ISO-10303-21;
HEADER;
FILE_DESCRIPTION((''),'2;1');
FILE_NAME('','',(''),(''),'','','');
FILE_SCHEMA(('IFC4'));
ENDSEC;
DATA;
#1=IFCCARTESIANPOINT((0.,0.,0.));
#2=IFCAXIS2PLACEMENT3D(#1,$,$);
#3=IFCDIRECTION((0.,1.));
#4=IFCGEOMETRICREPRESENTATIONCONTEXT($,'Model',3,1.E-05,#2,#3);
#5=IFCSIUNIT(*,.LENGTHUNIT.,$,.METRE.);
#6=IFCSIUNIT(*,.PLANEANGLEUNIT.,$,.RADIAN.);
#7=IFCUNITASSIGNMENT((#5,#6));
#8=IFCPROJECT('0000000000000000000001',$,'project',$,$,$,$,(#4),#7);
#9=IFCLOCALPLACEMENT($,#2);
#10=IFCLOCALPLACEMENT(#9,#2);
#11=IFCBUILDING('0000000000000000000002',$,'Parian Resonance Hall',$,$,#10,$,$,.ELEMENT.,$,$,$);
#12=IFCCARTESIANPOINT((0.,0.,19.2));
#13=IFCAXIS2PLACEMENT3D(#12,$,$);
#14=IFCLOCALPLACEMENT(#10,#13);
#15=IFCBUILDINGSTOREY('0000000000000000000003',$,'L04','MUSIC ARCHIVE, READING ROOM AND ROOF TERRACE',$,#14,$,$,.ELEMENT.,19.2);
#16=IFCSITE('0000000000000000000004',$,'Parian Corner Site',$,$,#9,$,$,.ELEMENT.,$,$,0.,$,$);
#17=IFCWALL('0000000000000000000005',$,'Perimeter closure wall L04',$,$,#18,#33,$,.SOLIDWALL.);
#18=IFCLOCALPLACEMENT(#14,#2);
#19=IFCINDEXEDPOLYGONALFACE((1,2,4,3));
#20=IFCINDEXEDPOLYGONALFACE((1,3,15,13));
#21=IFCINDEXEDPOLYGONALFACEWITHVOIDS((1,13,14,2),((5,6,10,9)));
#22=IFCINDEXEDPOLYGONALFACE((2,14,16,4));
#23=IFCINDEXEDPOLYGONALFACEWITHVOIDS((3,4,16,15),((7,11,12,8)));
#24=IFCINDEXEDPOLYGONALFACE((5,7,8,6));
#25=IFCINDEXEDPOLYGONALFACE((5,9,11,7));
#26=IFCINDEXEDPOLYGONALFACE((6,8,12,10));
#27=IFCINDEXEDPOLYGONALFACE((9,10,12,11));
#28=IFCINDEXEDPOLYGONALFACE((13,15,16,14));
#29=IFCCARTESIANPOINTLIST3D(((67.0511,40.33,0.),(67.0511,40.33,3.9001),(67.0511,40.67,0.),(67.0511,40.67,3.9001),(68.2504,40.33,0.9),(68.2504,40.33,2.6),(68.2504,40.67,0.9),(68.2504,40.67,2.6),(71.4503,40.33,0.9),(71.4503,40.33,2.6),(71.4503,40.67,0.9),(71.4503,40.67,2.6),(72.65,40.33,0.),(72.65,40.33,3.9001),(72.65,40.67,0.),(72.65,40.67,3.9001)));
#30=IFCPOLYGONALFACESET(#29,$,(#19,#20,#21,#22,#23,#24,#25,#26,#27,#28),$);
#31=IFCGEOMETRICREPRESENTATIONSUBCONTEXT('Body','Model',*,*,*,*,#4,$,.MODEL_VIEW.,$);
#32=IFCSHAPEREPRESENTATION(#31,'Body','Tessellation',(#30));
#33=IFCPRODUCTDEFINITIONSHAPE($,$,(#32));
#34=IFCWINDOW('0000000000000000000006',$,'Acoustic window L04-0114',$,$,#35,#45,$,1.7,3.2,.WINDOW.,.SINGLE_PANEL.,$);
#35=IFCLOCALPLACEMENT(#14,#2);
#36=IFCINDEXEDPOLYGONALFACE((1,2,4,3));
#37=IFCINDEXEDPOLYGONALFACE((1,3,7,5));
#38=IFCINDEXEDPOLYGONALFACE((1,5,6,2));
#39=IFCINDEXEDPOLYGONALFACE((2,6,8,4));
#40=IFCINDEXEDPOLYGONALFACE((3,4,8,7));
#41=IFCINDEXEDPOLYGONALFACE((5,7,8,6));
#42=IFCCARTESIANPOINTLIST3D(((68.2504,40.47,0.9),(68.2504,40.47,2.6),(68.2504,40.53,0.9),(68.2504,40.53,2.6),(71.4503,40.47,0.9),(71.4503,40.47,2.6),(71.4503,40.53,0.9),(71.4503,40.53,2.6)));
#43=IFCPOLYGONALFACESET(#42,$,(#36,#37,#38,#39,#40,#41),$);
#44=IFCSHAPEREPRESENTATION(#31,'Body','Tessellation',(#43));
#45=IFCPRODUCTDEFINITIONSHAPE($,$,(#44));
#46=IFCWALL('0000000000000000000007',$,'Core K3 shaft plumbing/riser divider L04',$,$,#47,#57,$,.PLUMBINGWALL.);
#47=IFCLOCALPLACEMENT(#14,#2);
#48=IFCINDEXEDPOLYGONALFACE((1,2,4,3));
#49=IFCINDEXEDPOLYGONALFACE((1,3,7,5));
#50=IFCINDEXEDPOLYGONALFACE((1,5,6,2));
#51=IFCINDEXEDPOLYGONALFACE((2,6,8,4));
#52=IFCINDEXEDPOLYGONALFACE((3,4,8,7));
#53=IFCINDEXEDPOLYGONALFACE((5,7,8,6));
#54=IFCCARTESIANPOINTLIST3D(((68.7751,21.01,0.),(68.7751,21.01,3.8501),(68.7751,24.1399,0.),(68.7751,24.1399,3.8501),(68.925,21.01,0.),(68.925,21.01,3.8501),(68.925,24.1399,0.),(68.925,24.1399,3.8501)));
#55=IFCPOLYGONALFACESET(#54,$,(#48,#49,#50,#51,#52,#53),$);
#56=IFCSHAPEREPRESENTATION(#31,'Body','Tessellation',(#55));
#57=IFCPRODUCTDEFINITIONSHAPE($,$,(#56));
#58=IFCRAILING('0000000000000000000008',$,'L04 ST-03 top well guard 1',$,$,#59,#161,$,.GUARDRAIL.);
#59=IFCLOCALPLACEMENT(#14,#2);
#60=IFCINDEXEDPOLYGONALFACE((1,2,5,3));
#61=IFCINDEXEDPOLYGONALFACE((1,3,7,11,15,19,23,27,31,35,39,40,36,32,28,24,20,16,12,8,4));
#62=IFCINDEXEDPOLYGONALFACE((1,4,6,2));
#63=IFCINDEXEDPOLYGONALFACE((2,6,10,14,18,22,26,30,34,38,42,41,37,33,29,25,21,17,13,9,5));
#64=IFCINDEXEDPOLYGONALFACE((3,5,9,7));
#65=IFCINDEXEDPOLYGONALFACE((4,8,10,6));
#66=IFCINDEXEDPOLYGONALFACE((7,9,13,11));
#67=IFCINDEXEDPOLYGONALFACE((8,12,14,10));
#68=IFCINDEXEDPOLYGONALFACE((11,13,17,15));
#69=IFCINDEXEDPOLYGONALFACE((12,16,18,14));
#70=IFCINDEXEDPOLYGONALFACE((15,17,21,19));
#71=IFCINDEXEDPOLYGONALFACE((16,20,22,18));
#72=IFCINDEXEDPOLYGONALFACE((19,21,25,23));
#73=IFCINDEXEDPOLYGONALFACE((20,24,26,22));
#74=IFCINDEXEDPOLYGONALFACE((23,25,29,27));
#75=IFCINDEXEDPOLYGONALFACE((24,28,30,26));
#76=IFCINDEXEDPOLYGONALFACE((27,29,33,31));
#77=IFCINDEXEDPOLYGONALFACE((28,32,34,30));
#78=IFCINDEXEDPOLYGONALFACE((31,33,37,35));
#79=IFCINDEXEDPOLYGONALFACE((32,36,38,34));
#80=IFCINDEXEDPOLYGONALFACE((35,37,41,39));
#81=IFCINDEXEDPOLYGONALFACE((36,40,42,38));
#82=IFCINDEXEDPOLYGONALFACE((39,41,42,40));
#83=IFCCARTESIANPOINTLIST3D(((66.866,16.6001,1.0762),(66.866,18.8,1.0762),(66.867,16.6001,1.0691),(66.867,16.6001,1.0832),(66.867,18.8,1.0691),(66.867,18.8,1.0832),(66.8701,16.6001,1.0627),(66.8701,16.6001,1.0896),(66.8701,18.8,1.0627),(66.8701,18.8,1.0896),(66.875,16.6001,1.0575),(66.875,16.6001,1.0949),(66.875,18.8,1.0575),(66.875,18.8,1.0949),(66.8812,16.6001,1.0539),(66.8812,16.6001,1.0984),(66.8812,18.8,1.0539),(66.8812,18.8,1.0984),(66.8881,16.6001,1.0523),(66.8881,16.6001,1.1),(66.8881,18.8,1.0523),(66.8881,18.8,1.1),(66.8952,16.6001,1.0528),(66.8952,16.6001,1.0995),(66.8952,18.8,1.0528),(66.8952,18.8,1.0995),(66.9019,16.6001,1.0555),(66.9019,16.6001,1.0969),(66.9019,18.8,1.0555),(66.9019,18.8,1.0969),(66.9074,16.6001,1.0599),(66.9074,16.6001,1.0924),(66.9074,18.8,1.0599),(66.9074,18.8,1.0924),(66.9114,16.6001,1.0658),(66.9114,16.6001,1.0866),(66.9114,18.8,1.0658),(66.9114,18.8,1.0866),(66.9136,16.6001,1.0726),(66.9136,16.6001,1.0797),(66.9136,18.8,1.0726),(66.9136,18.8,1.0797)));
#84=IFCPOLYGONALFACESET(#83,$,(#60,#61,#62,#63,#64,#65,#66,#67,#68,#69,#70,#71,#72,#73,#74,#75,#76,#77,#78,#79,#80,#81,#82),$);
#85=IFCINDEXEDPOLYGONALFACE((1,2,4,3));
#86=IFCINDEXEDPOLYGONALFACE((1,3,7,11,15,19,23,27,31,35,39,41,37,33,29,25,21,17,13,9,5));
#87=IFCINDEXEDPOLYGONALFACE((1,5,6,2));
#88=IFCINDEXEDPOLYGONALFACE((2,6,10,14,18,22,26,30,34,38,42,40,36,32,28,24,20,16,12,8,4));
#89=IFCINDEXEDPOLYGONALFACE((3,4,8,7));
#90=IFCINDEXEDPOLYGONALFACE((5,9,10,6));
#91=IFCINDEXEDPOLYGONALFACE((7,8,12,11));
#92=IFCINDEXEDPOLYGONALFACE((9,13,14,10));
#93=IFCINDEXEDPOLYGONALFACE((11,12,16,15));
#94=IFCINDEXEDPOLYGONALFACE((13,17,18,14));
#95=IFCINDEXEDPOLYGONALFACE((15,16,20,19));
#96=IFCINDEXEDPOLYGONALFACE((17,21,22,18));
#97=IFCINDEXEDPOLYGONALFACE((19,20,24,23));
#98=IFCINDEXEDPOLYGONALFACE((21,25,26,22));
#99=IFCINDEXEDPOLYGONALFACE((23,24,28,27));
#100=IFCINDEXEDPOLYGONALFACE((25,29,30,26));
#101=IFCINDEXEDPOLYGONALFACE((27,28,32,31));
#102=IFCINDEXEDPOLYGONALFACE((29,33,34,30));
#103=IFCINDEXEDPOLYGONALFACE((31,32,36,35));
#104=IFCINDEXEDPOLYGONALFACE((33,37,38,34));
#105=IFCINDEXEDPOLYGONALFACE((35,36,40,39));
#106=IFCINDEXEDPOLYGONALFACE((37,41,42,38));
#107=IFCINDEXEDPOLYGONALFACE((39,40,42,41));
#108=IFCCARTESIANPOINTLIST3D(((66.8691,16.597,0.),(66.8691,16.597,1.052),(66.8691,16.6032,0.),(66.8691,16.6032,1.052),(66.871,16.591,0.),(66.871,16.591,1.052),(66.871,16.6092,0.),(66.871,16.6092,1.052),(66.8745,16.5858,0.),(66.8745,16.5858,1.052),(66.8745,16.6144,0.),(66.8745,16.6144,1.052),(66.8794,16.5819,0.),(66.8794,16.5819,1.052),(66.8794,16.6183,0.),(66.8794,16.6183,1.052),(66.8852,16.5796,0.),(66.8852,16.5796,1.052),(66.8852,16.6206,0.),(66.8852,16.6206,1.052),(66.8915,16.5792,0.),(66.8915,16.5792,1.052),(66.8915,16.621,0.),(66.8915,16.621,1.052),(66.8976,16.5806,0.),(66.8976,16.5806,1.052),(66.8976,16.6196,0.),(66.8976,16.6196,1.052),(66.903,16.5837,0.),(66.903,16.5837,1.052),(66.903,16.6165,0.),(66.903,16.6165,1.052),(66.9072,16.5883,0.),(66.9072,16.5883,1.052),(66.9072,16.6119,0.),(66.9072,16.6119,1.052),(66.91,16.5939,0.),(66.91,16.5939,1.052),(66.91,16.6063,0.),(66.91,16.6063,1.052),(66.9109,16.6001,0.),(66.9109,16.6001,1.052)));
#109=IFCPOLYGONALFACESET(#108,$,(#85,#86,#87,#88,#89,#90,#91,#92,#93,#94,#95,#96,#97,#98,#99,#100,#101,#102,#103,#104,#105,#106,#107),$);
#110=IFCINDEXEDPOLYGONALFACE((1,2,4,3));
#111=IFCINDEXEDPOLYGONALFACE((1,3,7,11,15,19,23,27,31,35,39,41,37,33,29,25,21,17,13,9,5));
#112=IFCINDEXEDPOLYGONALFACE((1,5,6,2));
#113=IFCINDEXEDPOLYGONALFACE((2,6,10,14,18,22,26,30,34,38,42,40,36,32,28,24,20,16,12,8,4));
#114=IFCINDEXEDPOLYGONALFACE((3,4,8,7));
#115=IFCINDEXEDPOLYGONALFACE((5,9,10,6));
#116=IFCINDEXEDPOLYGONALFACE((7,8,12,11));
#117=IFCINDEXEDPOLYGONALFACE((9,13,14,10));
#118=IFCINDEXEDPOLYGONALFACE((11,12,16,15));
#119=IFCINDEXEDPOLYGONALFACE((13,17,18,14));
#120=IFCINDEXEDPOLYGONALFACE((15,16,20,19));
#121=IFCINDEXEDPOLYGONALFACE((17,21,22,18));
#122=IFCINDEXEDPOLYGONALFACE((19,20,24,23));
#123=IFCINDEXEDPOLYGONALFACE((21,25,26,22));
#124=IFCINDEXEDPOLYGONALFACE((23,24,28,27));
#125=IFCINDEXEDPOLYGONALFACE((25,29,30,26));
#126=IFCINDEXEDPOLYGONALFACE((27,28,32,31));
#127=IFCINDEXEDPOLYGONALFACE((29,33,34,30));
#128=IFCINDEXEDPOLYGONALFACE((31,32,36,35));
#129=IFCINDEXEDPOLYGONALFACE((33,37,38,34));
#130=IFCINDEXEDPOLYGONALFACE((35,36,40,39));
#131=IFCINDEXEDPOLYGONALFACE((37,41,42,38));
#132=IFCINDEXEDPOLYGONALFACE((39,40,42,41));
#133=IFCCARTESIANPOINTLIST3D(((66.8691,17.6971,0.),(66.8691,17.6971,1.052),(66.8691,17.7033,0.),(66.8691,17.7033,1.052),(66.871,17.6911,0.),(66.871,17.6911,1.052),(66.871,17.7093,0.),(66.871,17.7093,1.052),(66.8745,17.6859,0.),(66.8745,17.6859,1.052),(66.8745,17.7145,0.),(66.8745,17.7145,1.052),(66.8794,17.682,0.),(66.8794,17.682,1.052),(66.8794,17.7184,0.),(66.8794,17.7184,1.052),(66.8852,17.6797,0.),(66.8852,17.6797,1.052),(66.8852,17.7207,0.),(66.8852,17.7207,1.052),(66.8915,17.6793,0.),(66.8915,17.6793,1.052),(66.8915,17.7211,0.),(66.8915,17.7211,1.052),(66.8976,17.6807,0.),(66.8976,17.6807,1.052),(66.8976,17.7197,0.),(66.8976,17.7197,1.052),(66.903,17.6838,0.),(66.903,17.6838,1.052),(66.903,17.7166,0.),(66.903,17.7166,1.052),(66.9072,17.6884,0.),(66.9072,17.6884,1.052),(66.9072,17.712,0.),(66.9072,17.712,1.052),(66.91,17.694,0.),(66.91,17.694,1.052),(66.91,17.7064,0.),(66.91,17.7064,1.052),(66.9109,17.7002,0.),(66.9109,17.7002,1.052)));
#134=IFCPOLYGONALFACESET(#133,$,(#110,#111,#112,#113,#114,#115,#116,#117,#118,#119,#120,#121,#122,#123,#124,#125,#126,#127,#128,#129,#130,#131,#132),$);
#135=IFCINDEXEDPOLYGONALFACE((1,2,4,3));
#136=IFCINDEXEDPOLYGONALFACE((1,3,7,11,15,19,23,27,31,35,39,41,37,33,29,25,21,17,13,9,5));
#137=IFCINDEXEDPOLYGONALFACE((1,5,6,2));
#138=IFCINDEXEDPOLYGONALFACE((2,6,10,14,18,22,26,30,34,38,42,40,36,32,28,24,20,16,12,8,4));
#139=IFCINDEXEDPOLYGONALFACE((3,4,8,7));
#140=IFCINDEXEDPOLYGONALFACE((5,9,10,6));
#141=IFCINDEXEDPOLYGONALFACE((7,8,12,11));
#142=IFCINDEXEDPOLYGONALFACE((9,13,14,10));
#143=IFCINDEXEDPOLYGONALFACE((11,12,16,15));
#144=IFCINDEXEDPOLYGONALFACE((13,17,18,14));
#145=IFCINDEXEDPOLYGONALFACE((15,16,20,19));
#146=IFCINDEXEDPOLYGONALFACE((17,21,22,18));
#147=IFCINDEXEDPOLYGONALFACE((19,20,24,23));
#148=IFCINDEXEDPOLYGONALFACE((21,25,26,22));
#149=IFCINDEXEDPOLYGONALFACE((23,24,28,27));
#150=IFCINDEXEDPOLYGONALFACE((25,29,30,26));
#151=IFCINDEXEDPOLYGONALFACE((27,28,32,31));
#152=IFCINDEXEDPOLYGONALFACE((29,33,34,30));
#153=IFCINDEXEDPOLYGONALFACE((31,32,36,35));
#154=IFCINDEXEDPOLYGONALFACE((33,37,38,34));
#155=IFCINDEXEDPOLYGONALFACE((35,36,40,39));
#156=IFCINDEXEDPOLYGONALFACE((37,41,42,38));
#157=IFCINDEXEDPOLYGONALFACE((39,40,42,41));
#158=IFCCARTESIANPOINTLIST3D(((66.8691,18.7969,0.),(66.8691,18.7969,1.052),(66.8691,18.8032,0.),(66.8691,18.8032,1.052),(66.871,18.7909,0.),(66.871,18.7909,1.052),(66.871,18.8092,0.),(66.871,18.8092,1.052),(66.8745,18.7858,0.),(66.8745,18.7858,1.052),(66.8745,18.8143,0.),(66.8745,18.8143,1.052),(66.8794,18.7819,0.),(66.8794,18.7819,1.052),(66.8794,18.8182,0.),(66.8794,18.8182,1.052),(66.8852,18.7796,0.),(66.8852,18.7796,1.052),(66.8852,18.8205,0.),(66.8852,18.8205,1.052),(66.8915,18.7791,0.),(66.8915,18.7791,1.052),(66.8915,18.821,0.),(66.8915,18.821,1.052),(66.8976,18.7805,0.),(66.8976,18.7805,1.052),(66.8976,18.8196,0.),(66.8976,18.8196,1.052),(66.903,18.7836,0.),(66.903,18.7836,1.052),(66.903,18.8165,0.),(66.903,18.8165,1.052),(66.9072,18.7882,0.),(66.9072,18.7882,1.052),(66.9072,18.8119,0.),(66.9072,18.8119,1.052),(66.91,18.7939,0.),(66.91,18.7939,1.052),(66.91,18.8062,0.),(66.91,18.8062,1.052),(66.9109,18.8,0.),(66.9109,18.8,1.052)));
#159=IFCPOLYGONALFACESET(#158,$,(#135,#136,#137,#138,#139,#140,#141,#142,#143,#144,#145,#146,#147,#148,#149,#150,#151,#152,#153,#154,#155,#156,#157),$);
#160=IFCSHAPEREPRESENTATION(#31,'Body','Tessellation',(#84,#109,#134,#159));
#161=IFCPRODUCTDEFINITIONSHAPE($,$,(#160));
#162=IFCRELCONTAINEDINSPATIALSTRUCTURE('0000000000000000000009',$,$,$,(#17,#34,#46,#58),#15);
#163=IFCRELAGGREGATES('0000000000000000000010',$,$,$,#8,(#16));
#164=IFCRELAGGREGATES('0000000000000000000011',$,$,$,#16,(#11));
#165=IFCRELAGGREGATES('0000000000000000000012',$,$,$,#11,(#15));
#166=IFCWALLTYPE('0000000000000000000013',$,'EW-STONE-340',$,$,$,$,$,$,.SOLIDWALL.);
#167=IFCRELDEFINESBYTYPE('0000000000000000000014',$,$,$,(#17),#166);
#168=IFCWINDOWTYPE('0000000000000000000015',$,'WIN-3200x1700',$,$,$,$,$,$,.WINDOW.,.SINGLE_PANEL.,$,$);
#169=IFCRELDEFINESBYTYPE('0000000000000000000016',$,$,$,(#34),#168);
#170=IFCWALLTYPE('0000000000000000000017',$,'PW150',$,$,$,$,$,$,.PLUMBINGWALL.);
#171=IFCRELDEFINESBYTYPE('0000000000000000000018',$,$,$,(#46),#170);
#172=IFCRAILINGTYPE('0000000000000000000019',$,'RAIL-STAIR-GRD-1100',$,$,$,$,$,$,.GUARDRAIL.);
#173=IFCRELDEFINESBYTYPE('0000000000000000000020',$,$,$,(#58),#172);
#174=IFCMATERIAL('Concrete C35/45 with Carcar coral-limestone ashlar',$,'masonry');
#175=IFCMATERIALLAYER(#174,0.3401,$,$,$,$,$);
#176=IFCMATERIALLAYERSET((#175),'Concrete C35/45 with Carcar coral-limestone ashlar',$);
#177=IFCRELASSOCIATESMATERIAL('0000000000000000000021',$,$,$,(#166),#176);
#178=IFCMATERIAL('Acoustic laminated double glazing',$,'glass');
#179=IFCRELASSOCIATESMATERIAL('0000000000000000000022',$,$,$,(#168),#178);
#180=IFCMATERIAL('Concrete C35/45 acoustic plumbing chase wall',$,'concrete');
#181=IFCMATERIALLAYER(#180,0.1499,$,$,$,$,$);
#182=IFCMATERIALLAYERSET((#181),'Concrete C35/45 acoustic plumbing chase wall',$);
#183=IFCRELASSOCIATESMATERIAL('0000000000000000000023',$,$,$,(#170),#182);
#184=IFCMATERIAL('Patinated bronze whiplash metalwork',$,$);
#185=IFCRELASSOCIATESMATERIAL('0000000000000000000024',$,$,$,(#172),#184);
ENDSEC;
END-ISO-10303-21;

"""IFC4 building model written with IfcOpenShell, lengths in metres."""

from ifc_helpers import new_model, si_unit, direction, frame, frame_2d, origin, origin_2d, place, context, subcontext, project, spatial, rectangle, circle, extrude, material, layer, layer_set, type_object, element, fill, save


model = new_model("IFC4")

# Units and contexts
model_context = context("Model", 3, precision=1e-05, world=origin(), true_north=direction((0.0, 1.0)))
body_context = subcontext(model_context, "Body", "Model", "MODEL_VIEW")
ifc_project = project(units=[si_unit("LENGTHUNIT", "METRE"), si_unit("PLANEANGLEUNIT", "RADIAN")], contexts=[model_context])

# Site, building, storey
site_placement = place(None, origin())
site = spatial("IfcSite", under=ifc_project, at=site_placement, Name="Parian Corner Site", CompositionType="ELEMENT", RefElevation=0.0)
building_placement = place(site_placement, origin())
building = spatial("IfcBuilding", under=site, at=building_placement, Name="Parian Resonance Hall", CompositionType="ELEMENT")
storey_placement = place(building_placement, frame((0.0, 0.0, 19.2)))
storey = spatial("IfcBuildingStorey", under=building, at=storey_placement, Name="L04", Description="MUSIC ARCHIVE, READING ROOM AND ROOF TERRACE", CompositionType="ELEMENT", Elevation=19.2)

# Shared definitions
ifc_material_1 = material(Name="Concrete C35/45 with Carcar coral-limestone ashlar", Category="masonry")
ifc_layer_1 = layer(ifc_material_1, 0.3401)
ifc_layer_set_1 = layer_set([ifc_layer_1], Name="Concrete C35/45 with Carcar coral-limestone ashlar")
wall_type_1 = type_object("IfcWallType", Name="EW-STONE-340", PredefinedType="SOLIDWALL", material=ifc_layer_set_1)

# Wall, opening, window
wall_1_placement = place(storey_placement, frame((72.6499, 40.5, 0.0), z_axis=(0.0, 0.0, 1.0), x_axis=(-1.0, 0.0, 0.0)))
wall_1 = element("IfcWall", 1, at=wall_1_placement, inside=storey, type_object=wall_type_1, Name="Perimeter closure wall L04", PredefinedType="SOLIDWALL", context=body_context, shape_type="SweptSolid", body=[
    extrude(rectangle(XDim=5.5989, YDim=0.3401, at=frame_2d((2.7993, 0.0))), origin(), (0.0, 0.0, 1.0), 3.9001),
])
opening_1_placement = place(wall_1_placement, frame((1.1995, 0.0, 0.8999)))
opening_1 = element("IfcOpeningElement", 2, at=opening_1_placement, cuts=wall_1, PredefinedType="OPENING", context=body_context, shape_type="SweptSolid", body=[
    extrude(rectangle(XDim=3.2, YDim=1.7, at=frame_2d((1.6001, 0.8501))), frame((0.0, 0.1799, 0.0), z_axis=(0.0, -1.0, 0.0), x_axis=(1.0, 0.0, 0.0)), (0.0, 0.0, 1.0), 0.3601),
])
ifc_material_2 = material(Name="Acoustic laminated double glazing", Category="glass")
window_type_1 = type_object("IfcWindowType", Name="WIN-3200x1700", PartitioningType="SINGLE_PANEL", PredefinedType="WINDOW", material=ifc_material_2)
window_1_placement = place(opening_1_placement, origin())
window_1 = element("IfcWindow", 3, at=window_1_placement, inside=storey, type_object=window_type_1, Name="Acoustic window L04-0114", OverallHeight=1.7, OverallWidth=3.2, PartitioningType="SINGLE_PANEL", PredefinedType="WINDOW", context=body_context, shape_type="SweptSolid", body=[
    extrude(rectangle(XDim=3.2, YDim=1.7, at=frame_2d((1.6001, 0.8501))), frame((0.0, 0.03, 0.0), z_axis=(0.0, -1.0, 0.0), x_axis=(1.0, 0.0, 0.0)), (0.0, 0.0, 1.0), 0.0601),
])
fill(opening_1, window_1)

# Wall
ifc_material_3 = material(Name="Concrete C35/45 acoustic plumbing chase wall", Category="concrete")
ifc_layer_2 = layer(ifc_material_3, 0.1499)
ifc_layer_set_2 = layer_set([ifc_layer_2], Name="Concrete C35/45 acoustic plumbing chase wall")
wall_type_2 = type_object("IfcWallType", Name="PW150", PredefinedType="PLUMBINGWALL", material=ifc_layer_set_2)
wall_2_placement = place(storey_placement, frame((68.8501, 21.01, 0.0), z_axis=(0.0, 0.0, 1.0), x_axis=(0.0, 1.0, 0.0)))
element("IfcWall", 4, at=wall_2_placement, inside=storey, type_object=wall_type_2, Name="Core K3 shaft plumbing/riser divider L04", PredefinedType="PLUMBINGWALL", context=body_context, shape_type="SweptSolid", body=[
    extrude(rectangle(XDim=3.1299, YDim=0.1499, at=frame_2d((1.5649, 0.0))), origin(), (0.0, 0.0, 1.0), 3.8501),
])

# Railing
ifc_material_4 = material(Name="Patinated bronze whiplash metalwork")
railing_type = type_object("IfcRailingType", Name="RAIL-STAIR-GRD-1100", PredefinedType="GUARDRAIL", material=ifc_material_4)
railing_placement = place(storey_placement, frame((66.8899, 16.6001, 0.0)))
element("IfcRailing", 5, at=railing_placement, inside=storey, type_object=railing_type, Name="L04 ST-03 top well guard 1", PredefinedType="GUARDRAIL", context=body_context, shape_type="SweptSolid", body=[
    extrude(circle(Radius=0.0239, at=origin_2d()), frame((0.0, 0.0, 1.0762), z_axis=(0.0, 1.0, 0.0), x_axis=(-1.0, 0.0, 0.0)), (0.0, 0.0, 1.0), 2.2),
    extrude(circle(Radius=0.021, at=origin_2d()), origin(), (0.0, 0.0, 1.0), 1.052),
    extrude(circle(Radius=0.021, at=origin_2d()), frame((0.0, 1.1001, 0.0)), (0.0, 0.0, 1.0), 1.052),
    extrude(circle(Radius=0.021, at=origin_2d()), frame((0.0, 2.2, 0.0)), (0.0, 0.0, 1.0), 1.052),
])

save(model, "model.ifc")
